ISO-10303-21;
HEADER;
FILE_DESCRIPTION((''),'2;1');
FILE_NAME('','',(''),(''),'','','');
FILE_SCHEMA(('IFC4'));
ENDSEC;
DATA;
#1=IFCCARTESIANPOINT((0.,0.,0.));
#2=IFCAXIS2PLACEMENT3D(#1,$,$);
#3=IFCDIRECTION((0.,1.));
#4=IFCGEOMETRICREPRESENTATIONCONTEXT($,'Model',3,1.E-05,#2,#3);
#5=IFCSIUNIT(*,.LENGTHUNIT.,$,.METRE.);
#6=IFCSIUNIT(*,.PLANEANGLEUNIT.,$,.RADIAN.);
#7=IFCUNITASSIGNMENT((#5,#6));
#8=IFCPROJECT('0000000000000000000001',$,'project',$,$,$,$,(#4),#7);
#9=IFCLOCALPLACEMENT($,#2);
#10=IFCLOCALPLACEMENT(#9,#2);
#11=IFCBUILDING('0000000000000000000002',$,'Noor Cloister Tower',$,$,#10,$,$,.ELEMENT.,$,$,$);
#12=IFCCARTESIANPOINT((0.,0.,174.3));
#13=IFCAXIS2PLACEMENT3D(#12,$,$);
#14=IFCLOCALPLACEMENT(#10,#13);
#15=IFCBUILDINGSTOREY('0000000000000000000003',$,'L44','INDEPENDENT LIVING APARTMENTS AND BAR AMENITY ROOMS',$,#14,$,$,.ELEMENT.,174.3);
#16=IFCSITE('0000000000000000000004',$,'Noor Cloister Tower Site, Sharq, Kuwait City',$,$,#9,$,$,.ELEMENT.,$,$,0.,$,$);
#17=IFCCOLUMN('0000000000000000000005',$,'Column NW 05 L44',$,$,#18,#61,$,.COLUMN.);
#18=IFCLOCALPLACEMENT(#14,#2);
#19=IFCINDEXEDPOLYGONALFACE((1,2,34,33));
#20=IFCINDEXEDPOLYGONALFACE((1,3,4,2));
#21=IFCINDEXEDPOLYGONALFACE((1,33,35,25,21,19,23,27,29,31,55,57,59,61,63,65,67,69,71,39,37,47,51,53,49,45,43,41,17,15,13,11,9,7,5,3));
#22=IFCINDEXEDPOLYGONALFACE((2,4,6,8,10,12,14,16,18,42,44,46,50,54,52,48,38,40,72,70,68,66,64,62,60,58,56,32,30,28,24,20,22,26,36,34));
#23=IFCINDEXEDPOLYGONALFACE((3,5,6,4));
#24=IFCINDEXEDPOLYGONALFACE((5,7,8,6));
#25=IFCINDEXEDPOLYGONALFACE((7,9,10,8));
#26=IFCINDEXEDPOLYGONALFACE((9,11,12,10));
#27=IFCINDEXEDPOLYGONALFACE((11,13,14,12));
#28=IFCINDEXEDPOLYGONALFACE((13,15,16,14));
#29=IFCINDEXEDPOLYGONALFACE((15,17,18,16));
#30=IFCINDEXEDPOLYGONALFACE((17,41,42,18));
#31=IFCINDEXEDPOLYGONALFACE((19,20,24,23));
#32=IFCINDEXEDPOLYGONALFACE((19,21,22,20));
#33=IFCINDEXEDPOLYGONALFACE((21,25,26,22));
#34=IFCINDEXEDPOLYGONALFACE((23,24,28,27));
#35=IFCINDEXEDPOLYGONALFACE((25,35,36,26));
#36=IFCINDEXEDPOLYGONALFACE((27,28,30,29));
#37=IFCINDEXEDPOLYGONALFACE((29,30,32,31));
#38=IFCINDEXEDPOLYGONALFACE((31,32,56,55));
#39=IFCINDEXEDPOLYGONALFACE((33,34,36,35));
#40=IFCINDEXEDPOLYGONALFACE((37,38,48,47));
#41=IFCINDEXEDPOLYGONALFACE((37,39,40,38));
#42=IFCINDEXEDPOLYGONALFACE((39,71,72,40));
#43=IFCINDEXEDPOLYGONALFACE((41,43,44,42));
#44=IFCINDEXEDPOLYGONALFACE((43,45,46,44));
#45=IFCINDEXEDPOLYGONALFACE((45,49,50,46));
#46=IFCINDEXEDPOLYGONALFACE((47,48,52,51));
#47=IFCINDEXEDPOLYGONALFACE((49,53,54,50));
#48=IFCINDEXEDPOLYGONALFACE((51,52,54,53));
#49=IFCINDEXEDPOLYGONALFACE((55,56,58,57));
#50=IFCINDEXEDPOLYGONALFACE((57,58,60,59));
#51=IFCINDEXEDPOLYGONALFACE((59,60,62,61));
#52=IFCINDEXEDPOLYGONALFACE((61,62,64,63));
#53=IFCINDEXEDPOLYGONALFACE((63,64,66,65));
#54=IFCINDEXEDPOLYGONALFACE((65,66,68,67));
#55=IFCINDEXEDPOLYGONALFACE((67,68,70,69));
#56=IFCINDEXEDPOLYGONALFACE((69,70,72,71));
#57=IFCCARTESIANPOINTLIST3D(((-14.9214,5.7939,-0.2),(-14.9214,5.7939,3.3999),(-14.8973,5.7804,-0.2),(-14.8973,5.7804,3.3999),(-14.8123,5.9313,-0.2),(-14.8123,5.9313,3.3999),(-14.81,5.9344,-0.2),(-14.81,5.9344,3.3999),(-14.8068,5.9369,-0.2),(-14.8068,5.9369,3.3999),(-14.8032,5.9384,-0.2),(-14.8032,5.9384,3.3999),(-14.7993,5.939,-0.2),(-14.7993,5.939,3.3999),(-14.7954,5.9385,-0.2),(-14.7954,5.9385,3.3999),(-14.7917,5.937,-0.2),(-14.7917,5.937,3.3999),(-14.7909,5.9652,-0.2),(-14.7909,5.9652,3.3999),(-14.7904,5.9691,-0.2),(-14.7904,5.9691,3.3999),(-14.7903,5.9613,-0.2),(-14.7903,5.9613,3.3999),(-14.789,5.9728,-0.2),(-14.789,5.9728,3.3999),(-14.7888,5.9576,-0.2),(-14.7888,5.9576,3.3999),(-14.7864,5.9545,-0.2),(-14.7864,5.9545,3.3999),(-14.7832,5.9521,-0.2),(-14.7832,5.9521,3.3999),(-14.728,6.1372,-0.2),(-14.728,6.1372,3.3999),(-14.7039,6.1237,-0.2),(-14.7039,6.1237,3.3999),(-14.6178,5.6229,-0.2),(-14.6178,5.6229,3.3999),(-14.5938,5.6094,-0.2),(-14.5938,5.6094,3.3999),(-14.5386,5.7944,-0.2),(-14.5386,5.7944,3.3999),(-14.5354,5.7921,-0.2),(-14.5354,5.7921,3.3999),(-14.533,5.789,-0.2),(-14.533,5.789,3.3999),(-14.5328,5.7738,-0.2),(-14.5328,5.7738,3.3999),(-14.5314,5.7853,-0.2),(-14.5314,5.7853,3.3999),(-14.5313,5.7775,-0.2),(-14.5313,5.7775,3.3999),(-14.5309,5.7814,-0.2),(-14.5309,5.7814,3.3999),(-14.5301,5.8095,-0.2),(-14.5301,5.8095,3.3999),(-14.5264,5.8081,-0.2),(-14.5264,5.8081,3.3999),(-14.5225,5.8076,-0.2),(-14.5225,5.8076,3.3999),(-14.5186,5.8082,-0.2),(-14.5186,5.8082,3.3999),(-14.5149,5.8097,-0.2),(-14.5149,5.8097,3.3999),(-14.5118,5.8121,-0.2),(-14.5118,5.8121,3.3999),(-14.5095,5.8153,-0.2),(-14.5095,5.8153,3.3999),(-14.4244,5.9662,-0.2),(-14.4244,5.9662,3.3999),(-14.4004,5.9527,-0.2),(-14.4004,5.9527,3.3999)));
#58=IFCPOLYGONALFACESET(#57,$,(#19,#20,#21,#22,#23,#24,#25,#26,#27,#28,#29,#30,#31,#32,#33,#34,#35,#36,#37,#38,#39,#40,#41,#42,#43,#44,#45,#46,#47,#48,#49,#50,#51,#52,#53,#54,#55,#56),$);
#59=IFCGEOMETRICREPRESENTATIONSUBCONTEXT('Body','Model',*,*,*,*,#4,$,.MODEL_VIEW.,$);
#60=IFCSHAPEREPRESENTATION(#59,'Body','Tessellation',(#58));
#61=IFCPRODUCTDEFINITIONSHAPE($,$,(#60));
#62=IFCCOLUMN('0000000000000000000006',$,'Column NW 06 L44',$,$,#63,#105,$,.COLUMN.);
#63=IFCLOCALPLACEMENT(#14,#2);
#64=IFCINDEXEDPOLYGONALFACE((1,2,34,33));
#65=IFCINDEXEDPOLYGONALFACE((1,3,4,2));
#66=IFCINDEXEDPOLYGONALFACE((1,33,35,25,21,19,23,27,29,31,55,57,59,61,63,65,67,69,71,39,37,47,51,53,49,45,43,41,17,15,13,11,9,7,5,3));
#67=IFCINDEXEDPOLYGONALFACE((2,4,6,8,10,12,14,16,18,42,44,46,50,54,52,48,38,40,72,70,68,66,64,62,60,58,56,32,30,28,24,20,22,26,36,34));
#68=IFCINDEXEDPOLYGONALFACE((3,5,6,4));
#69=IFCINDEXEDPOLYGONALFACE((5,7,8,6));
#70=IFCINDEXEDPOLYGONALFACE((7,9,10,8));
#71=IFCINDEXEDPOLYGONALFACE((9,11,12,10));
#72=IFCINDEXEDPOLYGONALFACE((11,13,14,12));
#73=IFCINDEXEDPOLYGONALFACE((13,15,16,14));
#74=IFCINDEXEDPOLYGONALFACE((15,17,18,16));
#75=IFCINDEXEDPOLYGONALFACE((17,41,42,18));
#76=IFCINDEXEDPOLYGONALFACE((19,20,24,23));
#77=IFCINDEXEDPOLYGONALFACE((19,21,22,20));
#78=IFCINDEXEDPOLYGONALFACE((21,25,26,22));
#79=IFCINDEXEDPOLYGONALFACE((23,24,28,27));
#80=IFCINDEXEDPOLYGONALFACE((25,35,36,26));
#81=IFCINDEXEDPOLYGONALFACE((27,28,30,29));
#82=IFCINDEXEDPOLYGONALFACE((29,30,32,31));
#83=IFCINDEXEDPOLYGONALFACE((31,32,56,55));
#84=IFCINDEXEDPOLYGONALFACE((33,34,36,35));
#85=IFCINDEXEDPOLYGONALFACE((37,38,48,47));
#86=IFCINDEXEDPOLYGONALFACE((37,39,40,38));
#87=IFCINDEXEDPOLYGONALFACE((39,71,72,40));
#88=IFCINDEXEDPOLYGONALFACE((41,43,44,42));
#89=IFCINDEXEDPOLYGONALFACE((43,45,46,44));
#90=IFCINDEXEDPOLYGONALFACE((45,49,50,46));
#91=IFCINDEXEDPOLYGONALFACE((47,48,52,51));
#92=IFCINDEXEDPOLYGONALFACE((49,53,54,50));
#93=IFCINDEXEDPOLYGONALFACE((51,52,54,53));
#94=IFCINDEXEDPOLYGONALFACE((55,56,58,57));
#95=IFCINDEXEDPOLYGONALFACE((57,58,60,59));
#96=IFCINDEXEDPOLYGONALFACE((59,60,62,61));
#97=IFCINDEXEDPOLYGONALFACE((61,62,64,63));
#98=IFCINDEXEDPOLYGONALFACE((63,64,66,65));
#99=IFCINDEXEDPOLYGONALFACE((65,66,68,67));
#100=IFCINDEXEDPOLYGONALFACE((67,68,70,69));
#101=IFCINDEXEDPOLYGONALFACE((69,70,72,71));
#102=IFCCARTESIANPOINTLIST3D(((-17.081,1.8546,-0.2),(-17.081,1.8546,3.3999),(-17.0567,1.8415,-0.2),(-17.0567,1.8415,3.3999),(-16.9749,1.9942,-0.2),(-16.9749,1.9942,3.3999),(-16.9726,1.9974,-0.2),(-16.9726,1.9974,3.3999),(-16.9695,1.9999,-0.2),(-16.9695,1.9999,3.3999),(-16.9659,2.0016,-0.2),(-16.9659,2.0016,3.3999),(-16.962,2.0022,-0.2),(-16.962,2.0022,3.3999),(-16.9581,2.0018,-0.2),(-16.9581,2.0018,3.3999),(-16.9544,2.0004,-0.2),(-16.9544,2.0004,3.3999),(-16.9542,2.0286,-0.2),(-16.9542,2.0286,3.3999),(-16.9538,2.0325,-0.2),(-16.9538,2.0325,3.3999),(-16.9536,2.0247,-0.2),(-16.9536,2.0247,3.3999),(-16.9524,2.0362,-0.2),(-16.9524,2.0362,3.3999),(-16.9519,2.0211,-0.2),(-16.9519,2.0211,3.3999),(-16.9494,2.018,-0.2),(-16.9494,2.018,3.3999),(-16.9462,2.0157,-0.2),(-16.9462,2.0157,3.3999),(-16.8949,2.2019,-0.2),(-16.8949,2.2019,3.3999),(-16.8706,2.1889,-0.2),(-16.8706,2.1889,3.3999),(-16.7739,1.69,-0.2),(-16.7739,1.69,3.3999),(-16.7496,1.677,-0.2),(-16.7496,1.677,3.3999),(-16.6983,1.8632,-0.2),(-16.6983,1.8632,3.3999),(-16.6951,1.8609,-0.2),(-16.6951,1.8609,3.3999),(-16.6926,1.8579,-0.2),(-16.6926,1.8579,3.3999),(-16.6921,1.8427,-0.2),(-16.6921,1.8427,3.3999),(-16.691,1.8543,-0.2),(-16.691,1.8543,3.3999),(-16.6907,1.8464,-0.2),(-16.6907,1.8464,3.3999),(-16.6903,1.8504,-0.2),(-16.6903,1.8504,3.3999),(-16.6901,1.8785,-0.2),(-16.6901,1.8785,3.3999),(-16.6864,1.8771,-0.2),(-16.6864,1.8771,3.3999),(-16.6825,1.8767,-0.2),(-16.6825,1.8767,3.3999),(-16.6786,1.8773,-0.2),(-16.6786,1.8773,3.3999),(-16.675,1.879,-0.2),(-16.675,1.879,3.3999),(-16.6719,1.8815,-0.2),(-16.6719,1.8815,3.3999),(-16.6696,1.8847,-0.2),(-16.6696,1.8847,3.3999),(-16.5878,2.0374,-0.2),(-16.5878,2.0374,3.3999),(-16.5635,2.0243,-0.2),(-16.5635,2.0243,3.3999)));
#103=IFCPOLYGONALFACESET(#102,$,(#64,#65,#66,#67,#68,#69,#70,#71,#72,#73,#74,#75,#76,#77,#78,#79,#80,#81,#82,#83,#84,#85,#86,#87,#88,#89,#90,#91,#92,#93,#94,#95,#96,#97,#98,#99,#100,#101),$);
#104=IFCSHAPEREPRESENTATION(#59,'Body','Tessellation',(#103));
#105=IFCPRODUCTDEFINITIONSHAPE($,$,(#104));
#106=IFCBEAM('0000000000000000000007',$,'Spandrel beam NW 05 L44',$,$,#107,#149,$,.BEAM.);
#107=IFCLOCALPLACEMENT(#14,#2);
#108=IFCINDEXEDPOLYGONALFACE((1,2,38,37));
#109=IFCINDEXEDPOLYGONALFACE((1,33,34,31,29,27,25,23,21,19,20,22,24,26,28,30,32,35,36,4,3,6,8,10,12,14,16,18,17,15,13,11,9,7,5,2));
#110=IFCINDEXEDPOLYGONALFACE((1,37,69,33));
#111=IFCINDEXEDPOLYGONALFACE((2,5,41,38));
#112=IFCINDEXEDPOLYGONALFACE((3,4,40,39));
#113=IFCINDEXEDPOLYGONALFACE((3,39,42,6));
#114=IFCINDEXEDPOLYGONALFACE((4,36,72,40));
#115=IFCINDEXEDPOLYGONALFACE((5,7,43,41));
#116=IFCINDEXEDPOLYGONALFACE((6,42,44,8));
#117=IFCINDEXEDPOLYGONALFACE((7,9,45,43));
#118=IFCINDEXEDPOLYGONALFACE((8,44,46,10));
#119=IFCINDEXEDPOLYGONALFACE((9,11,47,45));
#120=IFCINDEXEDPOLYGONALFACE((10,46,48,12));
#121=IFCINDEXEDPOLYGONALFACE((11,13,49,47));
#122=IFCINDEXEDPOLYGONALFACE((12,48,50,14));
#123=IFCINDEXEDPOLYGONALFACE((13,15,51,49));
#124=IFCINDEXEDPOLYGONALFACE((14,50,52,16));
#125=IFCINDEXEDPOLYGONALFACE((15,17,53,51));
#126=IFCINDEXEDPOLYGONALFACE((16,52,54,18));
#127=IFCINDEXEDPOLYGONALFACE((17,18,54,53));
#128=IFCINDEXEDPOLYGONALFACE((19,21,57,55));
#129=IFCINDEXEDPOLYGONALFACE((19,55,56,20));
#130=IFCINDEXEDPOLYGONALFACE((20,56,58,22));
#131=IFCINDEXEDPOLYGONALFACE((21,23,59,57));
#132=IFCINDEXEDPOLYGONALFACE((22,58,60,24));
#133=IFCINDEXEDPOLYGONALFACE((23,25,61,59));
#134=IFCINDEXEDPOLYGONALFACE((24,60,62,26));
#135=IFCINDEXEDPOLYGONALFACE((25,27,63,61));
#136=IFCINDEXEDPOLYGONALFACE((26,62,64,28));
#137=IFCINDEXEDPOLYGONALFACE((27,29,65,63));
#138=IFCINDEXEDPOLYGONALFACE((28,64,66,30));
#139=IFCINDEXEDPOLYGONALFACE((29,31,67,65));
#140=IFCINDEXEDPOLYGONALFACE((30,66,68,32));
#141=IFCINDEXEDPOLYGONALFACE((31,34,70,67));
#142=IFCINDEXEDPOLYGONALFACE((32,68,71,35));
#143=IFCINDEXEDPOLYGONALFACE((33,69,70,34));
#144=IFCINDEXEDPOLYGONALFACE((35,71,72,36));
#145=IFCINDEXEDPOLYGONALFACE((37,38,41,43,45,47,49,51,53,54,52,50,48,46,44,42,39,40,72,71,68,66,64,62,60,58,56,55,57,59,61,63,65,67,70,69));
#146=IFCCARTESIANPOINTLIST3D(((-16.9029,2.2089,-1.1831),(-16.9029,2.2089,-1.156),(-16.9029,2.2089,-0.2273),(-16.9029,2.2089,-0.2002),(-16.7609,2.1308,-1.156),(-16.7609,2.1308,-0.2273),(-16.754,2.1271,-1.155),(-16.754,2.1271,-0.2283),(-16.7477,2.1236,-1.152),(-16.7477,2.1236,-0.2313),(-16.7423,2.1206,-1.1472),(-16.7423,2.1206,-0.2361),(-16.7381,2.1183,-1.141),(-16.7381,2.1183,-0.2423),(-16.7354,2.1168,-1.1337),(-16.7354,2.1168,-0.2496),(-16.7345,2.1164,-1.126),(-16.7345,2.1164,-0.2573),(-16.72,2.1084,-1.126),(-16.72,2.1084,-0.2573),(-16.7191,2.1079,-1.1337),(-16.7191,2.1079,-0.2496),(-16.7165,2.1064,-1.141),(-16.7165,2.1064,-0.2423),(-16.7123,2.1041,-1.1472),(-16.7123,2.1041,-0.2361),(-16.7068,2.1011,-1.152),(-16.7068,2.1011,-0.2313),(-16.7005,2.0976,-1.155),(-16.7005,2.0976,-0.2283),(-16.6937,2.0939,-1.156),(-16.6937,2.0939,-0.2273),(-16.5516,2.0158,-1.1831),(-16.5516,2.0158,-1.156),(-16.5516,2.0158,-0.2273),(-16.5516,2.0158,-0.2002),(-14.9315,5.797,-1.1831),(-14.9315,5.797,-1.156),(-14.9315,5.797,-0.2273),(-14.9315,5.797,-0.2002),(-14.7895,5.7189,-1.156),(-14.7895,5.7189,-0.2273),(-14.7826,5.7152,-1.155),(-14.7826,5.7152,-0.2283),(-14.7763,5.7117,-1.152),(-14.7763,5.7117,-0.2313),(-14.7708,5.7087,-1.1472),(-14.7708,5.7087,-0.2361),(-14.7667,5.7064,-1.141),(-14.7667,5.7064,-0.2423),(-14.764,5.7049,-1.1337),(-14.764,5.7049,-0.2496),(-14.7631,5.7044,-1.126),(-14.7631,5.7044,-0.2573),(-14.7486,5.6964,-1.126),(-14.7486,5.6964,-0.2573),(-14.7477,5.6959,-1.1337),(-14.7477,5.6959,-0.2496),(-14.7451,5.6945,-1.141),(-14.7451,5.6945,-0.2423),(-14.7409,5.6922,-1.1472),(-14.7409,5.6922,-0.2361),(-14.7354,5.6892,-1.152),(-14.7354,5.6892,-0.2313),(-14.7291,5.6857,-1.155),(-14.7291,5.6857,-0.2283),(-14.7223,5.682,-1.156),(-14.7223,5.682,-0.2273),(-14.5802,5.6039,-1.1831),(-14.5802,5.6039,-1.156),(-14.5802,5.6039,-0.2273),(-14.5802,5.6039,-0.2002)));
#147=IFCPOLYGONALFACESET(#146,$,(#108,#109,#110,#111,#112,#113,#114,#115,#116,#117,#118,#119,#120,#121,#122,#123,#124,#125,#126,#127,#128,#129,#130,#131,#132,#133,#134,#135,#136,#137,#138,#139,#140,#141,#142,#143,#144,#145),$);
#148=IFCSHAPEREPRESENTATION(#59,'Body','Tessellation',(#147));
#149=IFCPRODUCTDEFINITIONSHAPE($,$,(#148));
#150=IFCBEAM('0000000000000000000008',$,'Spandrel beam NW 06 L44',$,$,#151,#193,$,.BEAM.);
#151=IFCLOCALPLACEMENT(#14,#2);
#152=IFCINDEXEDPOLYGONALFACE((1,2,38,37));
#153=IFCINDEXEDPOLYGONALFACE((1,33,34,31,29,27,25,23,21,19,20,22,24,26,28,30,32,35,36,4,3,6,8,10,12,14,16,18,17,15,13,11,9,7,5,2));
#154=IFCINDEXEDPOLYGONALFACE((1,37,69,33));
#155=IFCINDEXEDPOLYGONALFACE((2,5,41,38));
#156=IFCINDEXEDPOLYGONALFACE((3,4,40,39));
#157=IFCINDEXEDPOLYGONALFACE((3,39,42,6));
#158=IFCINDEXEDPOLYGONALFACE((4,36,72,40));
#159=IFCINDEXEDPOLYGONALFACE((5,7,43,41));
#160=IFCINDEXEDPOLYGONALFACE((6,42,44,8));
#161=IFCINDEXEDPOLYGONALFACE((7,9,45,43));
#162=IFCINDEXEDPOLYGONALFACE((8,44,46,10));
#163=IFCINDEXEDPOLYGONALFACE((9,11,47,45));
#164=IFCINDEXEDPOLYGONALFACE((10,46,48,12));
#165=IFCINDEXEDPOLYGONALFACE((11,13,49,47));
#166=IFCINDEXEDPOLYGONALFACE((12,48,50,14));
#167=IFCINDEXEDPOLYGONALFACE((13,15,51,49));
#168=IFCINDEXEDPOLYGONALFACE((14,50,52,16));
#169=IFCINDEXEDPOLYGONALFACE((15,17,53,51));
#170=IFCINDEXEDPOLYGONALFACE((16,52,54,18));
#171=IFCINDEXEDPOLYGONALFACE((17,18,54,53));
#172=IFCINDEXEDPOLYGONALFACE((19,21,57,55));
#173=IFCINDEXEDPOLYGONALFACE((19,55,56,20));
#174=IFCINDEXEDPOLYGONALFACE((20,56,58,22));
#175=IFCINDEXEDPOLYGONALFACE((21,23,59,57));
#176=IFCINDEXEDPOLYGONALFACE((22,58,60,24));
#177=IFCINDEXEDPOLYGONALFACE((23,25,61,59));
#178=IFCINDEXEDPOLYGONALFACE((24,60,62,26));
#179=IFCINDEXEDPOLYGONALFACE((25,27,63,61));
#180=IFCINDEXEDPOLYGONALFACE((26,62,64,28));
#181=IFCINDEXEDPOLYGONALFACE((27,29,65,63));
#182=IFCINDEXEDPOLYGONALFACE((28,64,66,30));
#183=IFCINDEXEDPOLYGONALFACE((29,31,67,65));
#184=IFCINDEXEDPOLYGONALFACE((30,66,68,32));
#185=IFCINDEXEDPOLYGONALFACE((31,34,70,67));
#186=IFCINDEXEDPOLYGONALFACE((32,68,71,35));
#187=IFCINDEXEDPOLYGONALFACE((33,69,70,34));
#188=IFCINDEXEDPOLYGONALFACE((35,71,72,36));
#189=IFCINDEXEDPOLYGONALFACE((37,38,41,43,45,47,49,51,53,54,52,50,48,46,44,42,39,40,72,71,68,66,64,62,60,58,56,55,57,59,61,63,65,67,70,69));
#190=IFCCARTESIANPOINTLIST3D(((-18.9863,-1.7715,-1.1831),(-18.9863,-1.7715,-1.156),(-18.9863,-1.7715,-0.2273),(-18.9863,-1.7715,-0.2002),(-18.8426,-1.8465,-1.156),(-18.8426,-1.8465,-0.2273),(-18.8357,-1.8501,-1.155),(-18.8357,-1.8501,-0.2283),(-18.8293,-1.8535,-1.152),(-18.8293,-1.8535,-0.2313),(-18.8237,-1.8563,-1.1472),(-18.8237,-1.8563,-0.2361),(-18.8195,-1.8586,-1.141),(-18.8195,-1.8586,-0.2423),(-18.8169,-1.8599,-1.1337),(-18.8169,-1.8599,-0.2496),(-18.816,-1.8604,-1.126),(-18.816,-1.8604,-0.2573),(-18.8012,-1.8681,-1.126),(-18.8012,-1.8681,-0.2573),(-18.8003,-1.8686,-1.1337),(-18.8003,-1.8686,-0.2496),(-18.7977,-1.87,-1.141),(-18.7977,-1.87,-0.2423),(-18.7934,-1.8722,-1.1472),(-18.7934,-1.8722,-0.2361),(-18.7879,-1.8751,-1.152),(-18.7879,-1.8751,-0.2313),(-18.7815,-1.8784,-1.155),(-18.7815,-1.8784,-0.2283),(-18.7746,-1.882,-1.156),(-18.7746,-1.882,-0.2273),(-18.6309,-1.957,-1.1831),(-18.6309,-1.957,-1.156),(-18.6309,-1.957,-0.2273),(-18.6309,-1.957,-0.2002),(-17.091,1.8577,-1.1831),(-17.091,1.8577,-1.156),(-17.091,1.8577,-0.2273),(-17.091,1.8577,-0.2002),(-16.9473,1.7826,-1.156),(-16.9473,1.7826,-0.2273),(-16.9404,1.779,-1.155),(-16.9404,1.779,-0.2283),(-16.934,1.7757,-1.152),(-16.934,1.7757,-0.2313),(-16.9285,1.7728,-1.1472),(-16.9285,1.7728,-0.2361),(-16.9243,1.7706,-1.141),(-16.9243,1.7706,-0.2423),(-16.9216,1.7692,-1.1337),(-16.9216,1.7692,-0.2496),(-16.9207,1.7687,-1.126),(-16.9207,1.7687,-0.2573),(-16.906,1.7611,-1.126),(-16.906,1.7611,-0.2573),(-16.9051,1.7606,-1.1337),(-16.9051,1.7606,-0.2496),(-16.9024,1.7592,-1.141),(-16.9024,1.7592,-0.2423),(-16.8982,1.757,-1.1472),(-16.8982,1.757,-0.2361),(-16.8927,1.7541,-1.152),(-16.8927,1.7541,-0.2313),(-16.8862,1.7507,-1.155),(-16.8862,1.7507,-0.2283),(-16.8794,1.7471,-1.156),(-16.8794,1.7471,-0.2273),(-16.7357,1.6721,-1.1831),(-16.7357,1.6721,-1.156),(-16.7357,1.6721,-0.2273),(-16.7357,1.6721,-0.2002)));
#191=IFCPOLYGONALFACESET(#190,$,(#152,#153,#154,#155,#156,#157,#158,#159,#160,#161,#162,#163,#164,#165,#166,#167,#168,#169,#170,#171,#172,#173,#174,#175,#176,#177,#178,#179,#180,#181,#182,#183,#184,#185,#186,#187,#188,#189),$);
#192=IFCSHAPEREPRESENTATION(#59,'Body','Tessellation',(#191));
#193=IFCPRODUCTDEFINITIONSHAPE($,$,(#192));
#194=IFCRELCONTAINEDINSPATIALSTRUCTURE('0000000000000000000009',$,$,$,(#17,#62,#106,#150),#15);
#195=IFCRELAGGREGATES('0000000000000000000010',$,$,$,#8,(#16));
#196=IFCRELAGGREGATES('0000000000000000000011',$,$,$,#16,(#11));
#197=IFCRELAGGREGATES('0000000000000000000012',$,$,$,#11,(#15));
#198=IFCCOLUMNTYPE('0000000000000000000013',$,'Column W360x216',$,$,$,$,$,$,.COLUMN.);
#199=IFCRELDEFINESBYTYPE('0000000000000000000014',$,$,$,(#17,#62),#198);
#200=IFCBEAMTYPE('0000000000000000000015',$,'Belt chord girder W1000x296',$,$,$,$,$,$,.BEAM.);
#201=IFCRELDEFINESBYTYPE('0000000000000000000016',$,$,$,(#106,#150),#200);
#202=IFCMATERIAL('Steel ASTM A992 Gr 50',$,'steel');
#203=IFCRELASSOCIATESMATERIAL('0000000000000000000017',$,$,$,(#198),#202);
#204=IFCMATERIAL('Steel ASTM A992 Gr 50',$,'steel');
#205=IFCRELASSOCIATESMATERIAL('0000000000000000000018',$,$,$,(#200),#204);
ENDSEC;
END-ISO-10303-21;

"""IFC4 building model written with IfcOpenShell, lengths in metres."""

from ifc_helpers import new_model, si_unit, direction, frame, origin, origin_2d, place, context, subcontext, project, spatial, i_section, extrude, material, material_profile, profile_set, type_object, element, save


model = new_model("IFC4")

# Units and contexts
model_context = context("Model", 3, precision=1e-05, world=origin(), true_north=direction((0.0, 1.0)))
body_context = subcontext(model_context, "Body", "Model", "MODEL_VIEW")
ifc_project = project(units=[si_unit("LENGTHUNIT", "METRE"), si_unit("PLANEANGLEUNIT", "RADIAN")], contexts=[model_context])

# Site, building, storey
site_placement = place(None, origin())
site = spatial("IfcSite", under=ifc_project, at=site_placement, Name="Noor Cloister Tower Site, Sharq, Kuwait City", CompositionType="ELEMENT", RefElevation=0.0)
building_placement = place(site_placement, origin())
building = spatial("IfcBuilding", under=site, at=building_placement, Name="Noor Cloister Tower", CompositionType="ELEMENT")
storey_placement = place(building_placement, frame((0.0, 0.0, 174.3)))
storey = spatial("IfcBuildingStorey", under=building, at=storey_placement, Name="L44", Description="INDEPENDENT LIVING APARTMENTS AND BAR AMENITY ROOMS", CompositionType="ELEMENT", Elevation=174.3)

# Columns
ifc_material_1 = material(Name="Steel ASTM A992 Gr 50", Category="steel")
ifc_material_profile_1 = material_profile(ifc_material_1, i_section(OverallWidth=0.394, OverallDepth=0.376, WebThickness=0.0173, FlangeThickness=0.0276, FilletRadius=0.0151, at=origin_2d()), Name="W360x216")
ifc_profile_set_1 = profile_set([ifc_material_profile_1], Name="Steel ASTM A992 Gr 50")
column_type = type_object("IfcColumnType", Name="Column W360x216", PredefinedType="COLUMN", material=ifc_profile_set_1)
for number, where, z_axis, x_axis, name in (
    (1, (-14.6609, 5.8733, -0.2), (0.0, 0.0, 1.0), (-0.4908, -0.871272, 0.0), "Column NW 05 L44"),
    (2, (-16.8223, 1.9395, -0.2), (0.0, 0.0, 1.0), (-0.472237, -0.881472, 0.0), "Column NW 06 L44"),
):
    element("IfcColumn", number, at=place(storey_placement, frame(where, z_axis=z_axis, x_axis=x_axis)), inside=storey, type_object=column_type, Name=name, PredefinedType="COLUMN", context=body_context, shape_type="SweptSolid", body=[
        extrude(i_section(OverallWidth=0.394, OverallDepth=0.376, WebThickness=0.0173, FlangeThickness=0.0276, FilletRadius=0.0151, at=origin_2d()), origin(), (0.0, 0.0, 1.0), 3.5999),
    ])

# Beams
ifc_material_2 = material(Name="Steel ASTM A992 Gr 50", Category="steel")
ifc_material_profile_2 = material_profile(ifc_material_2, i_section(OverallWidth=0.4009, OverallDepth=0.9829, WebThickness=0.0166, FlangeThickness=0.0271, FilletRadius=0.03, at=origin_2d()), Name="W1000x296")
ifc_profile_set_2 = profile_set([ifc_material_profile_2], Name="Steel ASTM A992 Gr 50")
beam_type_1 = type_object("IfcBeamType", Name="Belt chord girder W1000x296", PredefinedType="BEAM", material=ifc_profile_set_2)
beam_1_placement = place(storey_placement, frame((-14.7559, 5.7004, -0.6917), z_axis=(-0.481536, -0.876426, 0.0), x_axis=(0.876426, -0.481536, 0.0)))
element("IfcBeam", 3, at=beam_1_placement, inside=storey, type_object=beam_type_1, Name="Spandrel beam NW 05 L44", PredefinedType="BEAM", context=body_context, shape_type="SweptSolid", body=[
    extrude(i_section(OverallWidth=0.4009, OverallDepth=0.9829, WebThickness=0.0166, FlangeThickness=0.0271, FilletRadius=0.03, at=origin_2d()), origin(), (0.0, 0.0, 1.0), 4.094),
])
beam_2_placement = place(storey_placement, frame((-16.9133, 1.7649, -0.6917), z_axis=(-0.46291, -0.886405, 0.0), x_axis=(0.886405, -0.46291, 0.0)))
element("IfcBeam", 4, at=beam_2_placement, inside=storey, type_object=beam_type_1, Name="Spandrel beam NW 06 L44", PredefinedType="BEAM", context=body_context, shape_type="SweptSolid", body=[
    extrude(i_section(OverallWidth=0.4009, OverallDepth=0.9829, WebThickness=0.0166, FlangeThickness=0.0271, FilletRadius=0.03, at=origin_2d()), origin(), (0.0, 0.0, 1.0), 4.0942),
])

save(model, "model.ifc")
